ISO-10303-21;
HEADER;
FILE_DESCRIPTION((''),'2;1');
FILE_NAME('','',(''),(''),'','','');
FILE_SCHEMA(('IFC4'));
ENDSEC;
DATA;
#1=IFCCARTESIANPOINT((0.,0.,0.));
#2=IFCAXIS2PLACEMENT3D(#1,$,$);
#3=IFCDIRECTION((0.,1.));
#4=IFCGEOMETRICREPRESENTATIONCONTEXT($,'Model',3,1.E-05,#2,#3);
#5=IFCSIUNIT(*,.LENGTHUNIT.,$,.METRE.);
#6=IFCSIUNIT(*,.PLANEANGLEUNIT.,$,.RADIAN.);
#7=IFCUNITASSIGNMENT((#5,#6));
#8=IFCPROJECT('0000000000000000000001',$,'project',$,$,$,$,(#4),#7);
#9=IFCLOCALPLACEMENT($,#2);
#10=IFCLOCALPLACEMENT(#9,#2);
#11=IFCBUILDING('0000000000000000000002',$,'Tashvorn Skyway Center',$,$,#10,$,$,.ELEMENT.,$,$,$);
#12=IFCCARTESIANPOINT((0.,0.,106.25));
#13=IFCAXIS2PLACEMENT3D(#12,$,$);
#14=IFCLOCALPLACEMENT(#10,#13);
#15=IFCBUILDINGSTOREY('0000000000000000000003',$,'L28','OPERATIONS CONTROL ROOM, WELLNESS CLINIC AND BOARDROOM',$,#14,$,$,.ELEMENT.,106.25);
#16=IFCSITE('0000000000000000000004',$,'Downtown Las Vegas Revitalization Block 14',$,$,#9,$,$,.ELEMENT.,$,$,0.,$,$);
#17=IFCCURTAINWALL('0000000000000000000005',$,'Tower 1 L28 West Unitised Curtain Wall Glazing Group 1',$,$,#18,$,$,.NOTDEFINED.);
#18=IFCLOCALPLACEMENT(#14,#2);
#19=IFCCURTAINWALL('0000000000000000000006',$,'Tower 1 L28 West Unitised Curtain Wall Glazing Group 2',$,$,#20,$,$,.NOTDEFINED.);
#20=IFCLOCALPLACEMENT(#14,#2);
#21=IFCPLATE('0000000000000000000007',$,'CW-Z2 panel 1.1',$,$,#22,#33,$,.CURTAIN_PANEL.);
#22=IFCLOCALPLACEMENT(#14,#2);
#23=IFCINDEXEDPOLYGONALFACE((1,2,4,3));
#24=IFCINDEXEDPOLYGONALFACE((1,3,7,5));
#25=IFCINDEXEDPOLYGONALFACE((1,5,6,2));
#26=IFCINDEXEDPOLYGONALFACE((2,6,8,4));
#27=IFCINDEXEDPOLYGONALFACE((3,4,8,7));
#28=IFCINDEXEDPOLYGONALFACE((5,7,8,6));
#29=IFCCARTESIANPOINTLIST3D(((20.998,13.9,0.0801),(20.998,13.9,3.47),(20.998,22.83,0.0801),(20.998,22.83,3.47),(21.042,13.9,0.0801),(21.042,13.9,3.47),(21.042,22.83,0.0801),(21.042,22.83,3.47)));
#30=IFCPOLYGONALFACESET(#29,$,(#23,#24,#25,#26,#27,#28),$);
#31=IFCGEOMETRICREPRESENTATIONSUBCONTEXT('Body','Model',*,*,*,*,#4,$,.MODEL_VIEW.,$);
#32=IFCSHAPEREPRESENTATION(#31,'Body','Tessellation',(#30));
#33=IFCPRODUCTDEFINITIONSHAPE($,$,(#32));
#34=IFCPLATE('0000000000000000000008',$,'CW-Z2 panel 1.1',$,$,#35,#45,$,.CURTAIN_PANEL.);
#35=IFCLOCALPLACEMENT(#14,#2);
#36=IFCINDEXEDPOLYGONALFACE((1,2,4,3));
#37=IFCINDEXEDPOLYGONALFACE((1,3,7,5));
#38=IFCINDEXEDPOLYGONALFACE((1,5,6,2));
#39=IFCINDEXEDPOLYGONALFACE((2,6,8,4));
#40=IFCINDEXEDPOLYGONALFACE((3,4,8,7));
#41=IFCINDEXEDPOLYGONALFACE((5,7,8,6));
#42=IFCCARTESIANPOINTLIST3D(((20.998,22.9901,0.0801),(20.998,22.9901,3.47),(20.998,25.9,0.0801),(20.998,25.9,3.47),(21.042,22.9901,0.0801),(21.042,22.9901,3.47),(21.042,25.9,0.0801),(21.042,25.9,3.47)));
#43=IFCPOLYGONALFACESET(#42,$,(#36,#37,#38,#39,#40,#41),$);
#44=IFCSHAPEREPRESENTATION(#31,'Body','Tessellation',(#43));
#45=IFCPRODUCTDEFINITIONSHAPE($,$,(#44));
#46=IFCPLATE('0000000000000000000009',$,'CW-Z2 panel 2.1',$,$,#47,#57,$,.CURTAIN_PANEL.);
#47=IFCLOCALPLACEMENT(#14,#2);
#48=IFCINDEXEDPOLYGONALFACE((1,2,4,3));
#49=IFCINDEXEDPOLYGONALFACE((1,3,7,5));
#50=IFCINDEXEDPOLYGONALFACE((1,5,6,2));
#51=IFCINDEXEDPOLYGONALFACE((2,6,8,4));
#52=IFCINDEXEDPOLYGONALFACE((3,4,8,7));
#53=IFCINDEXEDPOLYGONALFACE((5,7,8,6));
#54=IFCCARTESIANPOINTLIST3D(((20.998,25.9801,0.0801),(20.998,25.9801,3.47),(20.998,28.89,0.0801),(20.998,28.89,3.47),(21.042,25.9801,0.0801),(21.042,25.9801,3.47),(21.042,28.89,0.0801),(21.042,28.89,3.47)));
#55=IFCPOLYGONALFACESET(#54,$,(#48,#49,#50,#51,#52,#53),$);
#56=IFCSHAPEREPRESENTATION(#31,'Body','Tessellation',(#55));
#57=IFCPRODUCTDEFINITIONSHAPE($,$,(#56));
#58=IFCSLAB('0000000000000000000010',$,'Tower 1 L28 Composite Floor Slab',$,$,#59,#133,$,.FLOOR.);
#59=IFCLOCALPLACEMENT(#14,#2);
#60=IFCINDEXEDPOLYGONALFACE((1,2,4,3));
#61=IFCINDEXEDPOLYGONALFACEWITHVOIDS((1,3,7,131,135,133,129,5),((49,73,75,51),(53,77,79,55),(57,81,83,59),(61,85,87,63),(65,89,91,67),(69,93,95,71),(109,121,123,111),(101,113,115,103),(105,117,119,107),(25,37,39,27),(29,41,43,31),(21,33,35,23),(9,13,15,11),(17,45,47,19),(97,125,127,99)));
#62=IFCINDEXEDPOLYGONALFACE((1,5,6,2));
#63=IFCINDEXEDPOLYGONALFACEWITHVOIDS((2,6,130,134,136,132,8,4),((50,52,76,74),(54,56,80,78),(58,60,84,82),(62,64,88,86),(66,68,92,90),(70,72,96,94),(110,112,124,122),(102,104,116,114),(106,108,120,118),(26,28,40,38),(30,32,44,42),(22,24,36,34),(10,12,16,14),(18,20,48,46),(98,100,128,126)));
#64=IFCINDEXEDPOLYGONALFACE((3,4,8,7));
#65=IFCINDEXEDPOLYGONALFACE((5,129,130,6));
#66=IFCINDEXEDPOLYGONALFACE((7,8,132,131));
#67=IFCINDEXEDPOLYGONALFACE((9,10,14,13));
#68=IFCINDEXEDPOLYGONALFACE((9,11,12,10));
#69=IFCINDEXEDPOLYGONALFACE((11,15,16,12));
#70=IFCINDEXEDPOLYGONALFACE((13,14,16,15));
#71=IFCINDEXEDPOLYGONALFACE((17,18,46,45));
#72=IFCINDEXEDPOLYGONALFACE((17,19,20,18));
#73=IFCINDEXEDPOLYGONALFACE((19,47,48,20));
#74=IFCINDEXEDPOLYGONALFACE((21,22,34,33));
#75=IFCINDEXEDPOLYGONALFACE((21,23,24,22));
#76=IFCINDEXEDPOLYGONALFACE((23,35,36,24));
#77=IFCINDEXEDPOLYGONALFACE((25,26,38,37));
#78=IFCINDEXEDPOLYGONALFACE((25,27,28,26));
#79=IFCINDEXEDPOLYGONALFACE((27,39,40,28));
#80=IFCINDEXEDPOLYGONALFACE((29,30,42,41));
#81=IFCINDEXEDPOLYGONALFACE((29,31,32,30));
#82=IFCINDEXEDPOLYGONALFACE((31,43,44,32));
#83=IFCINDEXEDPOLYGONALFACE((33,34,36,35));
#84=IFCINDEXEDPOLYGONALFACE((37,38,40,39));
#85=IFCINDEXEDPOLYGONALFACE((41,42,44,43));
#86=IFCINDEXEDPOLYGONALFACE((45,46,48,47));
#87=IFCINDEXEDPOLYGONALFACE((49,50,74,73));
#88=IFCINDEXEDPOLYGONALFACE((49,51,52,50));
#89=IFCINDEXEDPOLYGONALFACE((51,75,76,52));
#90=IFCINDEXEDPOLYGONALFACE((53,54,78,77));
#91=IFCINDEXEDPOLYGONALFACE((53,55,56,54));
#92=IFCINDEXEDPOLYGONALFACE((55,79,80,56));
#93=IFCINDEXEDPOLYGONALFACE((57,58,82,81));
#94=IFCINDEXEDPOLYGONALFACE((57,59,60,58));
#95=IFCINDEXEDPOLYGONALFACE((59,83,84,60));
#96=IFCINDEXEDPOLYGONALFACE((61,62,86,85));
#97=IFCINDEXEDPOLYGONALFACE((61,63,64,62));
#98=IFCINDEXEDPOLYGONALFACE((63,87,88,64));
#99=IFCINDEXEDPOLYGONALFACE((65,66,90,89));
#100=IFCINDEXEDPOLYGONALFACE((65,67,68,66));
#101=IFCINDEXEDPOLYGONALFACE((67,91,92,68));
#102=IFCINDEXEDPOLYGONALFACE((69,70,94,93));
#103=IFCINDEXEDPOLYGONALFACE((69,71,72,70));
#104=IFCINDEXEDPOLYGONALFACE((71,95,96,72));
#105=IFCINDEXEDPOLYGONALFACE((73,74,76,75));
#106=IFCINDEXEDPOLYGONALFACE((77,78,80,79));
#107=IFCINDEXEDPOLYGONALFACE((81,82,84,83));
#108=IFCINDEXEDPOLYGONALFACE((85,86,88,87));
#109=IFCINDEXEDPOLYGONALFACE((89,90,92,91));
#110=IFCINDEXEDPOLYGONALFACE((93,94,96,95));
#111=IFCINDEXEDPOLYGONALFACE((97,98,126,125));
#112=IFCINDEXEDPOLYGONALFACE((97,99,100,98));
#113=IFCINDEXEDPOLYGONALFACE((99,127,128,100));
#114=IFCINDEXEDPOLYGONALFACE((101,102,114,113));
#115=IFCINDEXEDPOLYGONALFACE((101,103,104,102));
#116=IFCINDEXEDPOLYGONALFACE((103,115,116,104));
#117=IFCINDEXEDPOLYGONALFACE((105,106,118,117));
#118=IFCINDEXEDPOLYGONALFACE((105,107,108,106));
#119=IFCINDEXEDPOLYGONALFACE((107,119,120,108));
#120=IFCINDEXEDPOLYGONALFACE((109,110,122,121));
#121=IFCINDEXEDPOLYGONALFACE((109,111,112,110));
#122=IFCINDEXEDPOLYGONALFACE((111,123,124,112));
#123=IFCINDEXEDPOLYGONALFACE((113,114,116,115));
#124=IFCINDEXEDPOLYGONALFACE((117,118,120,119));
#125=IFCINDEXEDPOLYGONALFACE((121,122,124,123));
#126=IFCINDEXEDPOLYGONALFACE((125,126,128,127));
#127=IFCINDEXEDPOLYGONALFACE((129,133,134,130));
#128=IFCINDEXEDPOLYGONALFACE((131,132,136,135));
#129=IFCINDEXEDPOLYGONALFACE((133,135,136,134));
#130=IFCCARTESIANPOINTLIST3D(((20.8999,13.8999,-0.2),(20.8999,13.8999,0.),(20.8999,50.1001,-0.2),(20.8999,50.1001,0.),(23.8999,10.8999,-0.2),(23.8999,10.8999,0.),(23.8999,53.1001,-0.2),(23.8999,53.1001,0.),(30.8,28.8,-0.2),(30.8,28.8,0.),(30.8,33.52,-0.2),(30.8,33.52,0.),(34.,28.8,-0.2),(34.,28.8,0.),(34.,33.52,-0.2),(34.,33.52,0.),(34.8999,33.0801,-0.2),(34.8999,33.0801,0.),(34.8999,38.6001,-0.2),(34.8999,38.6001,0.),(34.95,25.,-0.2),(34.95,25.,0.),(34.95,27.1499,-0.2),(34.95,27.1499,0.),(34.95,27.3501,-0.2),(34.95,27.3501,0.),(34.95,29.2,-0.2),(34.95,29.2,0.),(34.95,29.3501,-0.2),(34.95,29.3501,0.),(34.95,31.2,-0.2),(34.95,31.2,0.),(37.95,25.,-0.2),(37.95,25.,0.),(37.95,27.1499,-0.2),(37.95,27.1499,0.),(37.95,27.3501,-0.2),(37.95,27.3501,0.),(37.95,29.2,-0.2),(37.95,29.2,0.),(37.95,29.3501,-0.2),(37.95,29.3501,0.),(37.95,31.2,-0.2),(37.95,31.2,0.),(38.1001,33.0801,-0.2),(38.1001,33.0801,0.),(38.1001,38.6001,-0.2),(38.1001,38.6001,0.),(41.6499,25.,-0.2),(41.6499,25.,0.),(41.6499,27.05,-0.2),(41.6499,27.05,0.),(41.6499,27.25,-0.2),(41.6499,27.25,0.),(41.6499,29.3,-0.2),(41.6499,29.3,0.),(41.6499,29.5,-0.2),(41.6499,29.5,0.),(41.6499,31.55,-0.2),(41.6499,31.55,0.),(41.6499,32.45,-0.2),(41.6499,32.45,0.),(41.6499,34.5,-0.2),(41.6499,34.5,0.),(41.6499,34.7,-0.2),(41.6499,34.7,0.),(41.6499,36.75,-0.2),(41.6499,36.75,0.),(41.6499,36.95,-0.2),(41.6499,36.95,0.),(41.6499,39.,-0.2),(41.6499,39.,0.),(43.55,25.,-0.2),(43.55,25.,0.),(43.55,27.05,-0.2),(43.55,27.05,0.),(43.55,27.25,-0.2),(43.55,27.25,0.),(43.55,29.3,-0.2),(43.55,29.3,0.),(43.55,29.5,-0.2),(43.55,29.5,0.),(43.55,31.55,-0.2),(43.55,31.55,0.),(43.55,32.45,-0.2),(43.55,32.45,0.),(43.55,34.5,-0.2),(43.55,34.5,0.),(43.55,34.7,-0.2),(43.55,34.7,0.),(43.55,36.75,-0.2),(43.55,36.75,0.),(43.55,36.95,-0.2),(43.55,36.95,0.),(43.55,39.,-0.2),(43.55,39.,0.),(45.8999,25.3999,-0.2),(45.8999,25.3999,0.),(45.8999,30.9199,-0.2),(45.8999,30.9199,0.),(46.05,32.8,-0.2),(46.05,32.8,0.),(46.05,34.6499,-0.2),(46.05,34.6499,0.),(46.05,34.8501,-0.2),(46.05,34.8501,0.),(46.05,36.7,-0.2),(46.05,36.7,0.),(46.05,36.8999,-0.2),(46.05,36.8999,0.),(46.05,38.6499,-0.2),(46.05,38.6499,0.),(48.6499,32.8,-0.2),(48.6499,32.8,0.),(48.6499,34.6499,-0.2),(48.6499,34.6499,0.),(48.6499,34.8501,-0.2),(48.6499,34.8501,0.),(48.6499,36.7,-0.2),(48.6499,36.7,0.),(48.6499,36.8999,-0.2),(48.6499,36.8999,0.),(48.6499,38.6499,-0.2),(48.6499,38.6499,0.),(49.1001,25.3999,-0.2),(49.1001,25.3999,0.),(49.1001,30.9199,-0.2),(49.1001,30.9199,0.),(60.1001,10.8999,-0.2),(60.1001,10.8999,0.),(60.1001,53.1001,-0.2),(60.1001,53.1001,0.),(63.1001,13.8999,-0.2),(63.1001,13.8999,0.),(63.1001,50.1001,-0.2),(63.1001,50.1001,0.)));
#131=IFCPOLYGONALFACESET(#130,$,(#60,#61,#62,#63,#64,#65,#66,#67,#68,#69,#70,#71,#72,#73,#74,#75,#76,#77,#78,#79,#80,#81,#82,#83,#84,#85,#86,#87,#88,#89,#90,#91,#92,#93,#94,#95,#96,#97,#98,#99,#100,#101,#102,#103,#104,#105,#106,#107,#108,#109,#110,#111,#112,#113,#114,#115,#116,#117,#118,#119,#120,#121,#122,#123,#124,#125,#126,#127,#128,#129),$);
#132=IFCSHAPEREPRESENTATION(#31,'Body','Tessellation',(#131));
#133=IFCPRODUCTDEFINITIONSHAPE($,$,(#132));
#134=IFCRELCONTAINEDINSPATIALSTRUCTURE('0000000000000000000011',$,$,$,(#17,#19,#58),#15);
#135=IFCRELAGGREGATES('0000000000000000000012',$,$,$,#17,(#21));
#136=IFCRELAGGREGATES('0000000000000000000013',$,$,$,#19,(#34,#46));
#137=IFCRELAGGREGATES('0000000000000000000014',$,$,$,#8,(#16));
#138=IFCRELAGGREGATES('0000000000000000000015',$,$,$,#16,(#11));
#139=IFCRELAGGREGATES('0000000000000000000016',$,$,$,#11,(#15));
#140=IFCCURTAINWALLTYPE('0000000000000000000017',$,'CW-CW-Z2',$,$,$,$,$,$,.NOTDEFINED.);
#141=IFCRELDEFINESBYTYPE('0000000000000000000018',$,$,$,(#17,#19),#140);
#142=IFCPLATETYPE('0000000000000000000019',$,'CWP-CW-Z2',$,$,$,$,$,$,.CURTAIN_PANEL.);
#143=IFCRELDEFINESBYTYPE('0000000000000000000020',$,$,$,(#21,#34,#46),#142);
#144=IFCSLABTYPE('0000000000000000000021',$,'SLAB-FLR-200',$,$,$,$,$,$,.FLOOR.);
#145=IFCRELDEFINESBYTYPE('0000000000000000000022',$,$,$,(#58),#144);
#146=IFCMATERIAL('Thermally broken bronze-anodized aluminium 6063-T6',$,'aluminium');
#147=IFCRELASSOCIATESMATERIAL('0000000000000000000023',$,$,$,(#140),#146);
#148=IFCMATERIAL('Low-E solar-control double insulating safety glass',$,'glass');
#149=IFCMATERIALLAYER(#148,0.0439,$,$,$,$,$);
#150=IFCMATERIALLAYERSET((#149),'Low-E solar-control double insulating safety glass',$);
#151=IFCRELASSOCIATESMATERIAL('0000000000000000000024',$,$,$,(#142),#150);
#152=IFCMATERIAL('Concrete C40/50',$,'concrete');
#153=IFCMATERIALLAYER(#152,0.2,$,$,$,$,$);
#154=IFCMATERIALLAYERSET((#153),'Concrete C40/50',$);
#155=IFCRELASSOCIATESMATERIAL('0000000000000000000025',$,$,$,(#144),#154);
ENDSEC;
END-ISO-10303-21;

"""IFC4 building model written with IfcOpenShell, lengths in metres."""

from ifc_helpers import new_model, si_unit, direction, frame, origin, origin_2d, place, context, subcontext, project, spatial, polyline, rectangle, outline, extrude, material, layer, layer_set, type_object, element, aggregate, save


model = new_model("IFC4")

# Units and contexts
model_context = context("Model", 3, precision=1e-05, world=origin(), true_north=direction((0.0, 1.0)))
body_context = subcontext(model_context, "Body", "Model", "MODEL_VIEW")
ifc_project = project(units=[si_unit("LENGTHUNIT", "METRE"), si_unit("PLANEANGLEUNIT", "RADIAN")], contexts=[model_context])

# Site, building, storey
site_placement = place(None, origin())
site = spatial("IfcSite", under=ifc_project, at=site_placement, Name="Downtown Las Vegas Revitalization Block 14", CompositionType="ELEMENT", RefElevation=0.0)
building_placement = place(site_placement, origin())
building = spatial("IfcBuilding", under=site, at=building_placement, Name="Tashvorn Skyway Center", CompositionType="ELEMENT")
storey_placement = place(building_placement, frame((0.0, 0.0, 106.25)))
storey = spatial("IfcBuildingStorey", under=building, at=storey_placement, Name="L28", Description="OPERATIONS CONTROL ROOM, WELLNESS CLINIC AND BOARDROOM", CompositionType="ELEMENT", Elevation=106.25)

# Curtain walls
ifc_material_1 = material(Name="Thermally broken bronze-anodized aluminium 6063-T6", Category="aluminium")
curtain_wall_type = type_object("IfcCurtainWallType", Name="CW-CW-Z2", PredefinedType="NOTDEFINED", material=ifc_material_1)
curtain_wall_1_placement = place(storey_placement, origin())
curtain_wall_1 = element("IfcCurtainWall", 1, at=curtain_wall_1_placement, inside=storey, type_object=curtain_wall_type, Name="Tower 1 L28 West Unitised Curtain Wall Glazing Group 1", PredefinedType="NOTDEFINED")
curtain_wall_2_placement = place(storey_placement, origin())
curtain_wall_2 = element("IfcCurtainWall", 2, at=curtain_wall_2_placement, inside=storey, type_object=curtain_wall_type, Name="Tower 1 L28 West Unitised Curtain Wall Glazing Group 2", PredefinedType="NOTDEFINED")

# Plates
ifc_material_2 = material(Name="Low-E solar-control double insulating safety glass", Category="glass")
ifc_layer_1 = layer(ifc_material_2, 0.0439)
ifc_layer_set_1 = layer_set([ifc_layer_1], Name="Low-E solar-control double insulating safety glass")
plate_type = type_object("IfcPlateType", Name="CWP-CW-Z2", PredefinedType="CURTAIN_PANEL", material=ifc_layer_set_1)
plate_1_placement = place(storey_placement, frame((21.02, 18.365, 0.0801), z_axis=(0.0, 0.0, 1.0), x_axis=(0.0, 1.0, 0.0)))
plate_1 = element("IfcPlate", 3, at=plate_1_placement, type_object=plate_type, Name="CW-Z2 panel 1.1", PredefinedType="CURTAIN_PANEL", context=body_context, shape_type="SweptSolid", body=[
    extrude(rectangle(XDim=8.9299, YDim=0.0439, at=origin_2d()), origin(), (0.0, 0.0, 1.0), 3.3899),
])
aggregate(curtain_wall_1, [plate_1])
plate_2_placement = place(storey_placement, frame((21.02, 24.4451, 0.0801), z_axis=(0.0, 0.0, 1.0), x_axis=(0.0, 1.0, 0.0)))
plate_2 = element("IfcPlate", 4, at=plate_2_placement, type_object=plate_type, Name="CW-Z2 panel 1.1", PredefinedType="CURTAIN_PANEL", context=body_context, shape_type="SweptSolid", body=[
    extrude(rectangle(XDim=2.9099, YDim=0.0439, at=origin_2d()), origin(), (0.0, 0.0, 1.0), 3.3899),
])
plate_3_placement = place(storey_placement, frame((21.02, 27.4351, 0.0801), z_axis=(0.0, 0.0, 1.0), x_axis=(0.0, 1.0, 0.0)))
plate_3 = element("IfcPlate", 5, at=plate_3_placement, type_object=plate_type, Name="CW-Z2 panel 2.1", PredefinedType="CURTAIN_PANEL", context=body_context, shape_type="SweptSolid", body=[
    extrude(rectangle(XDim=2.9099, YDim=0.0439, at=origin_2d()), origin(), (0.0, 0.0, 1.0), 3.3899),
])
aggregate(curtain_wall_2, [plate_2, plate_3])

# Slab
ifc_material_3 = material(Name="Concrete C40/50", Category="concrete")
ifc_layer_2 = layer(ifc_material_3, 0.2)
ifc_layer_set_2 = layer_set([ifc_layer_2], Name="Concrete C40/50")
slab_type_1 = type_object("IfcSlabType", Name="SLAB-FLR-200", PredefinedType="FLOOR", material=ifc_layer_set_2)
slab_1_placement = place(storey_placement, frame((0.0, 0.0, -0.2)))
element("IfcSlab", 6, at=slab_1_placement, inside=storey, type_object=slab_type_1, Name="Tower 1 L28 Composite Floor Slab", PredefinedType="FLOOR", context=body_context, shape_type="SweptSolid", body=[
    extrude(outline(polyline([(23.8999, 10.8999), (60.1001, 10.8999), (63.1001, 13.8999), (63.1001, 50.1001), (60.1001, 53.1001), (23.8999, 53.1001), (20.8999, 50.1001), (20.8999, 13.8999), (23.8999, 10.8999)]), holes=[polyline([(38.1001, 33.0801), (38.1001, 38.6001), (34.8999, 38.6001), (34.8999, 33.0801), (38.1001, 33.0801)]), polyline([(45.8999, 30.9199), (45.8999, 25.3999), (49.1001, 25.3999), (49.1001, 30.9199), (45.8999, 30.9199)]), polyline([(30.8, 33.52), (30.8, 28.8), (34.0, 28.8), (34.0, 33.52), (30.8, 33.52)]), polyline([(34.95, 29.3501), (37.95, 29.3501), (37.95, 31.2), (34.95, 31.2), (34.95, 29.3501)]), polyline([(34.95, 27.3501), (37.95, 27.3501), (37.95, 29.2), (34.95, 29.2), (34.95, 27.3501)]), polyline([(34.95, 25.0), (37.95, 25.0), (37.95, 27.1499), (34.95, 27.1499), (34.95, 25.0)]), polyline([(41.6499, 25.0), (43.55, 25.0), (43.55, 27.05), (41.6499, 27.05), (41.6499, 25.0)]), polyline([(41.6499, 27.25), (43.55, 27.25), (43.55, 29.3), (41.6499, 29.3), (41.6499, 27.25)]), polyline([(41.6499, 29.5), (43.55, 29.5), (43.55, 31.55), (41.6499, 31.55), (41.6499, 29.5)]), polyline([(41.6499, 32.45), (43.55, 32.45), (43.55, 34.5), (41.6499, 34.5), (41.6499, 32.45)]), polyline([(41.6499, 34.7), (43.55, 34.7), (43.55, 36.75), (41.6499, 36.75), (41.6499, 34.7)]), polyline([(41.6499, 36.95), (43.55, 36.95), (43.55, 39.0), (41.6499, 39.0), (41.6499, 36.95)]), polyline([(46.05, 32.8), (48.6499, 32.8), (48.6499, 34.6499), (46.05, 34.6499), (46.05, 32.8)]), polyline([(46.05, 34.8501), (48.6499, 34.8501), (48.6499, 36.7), (46.05, 36.7), (46.05, 34.8501)]), polyline([(46.05, 36.8999), (48.6499, 36.8999), (48.6499, 38.6499), (46.05, 38.6499), (46.05, 36.8999)])]), origin(), (0.0, 0.0, 1.0), 0.2),
])

save(model, "model.ifc")
